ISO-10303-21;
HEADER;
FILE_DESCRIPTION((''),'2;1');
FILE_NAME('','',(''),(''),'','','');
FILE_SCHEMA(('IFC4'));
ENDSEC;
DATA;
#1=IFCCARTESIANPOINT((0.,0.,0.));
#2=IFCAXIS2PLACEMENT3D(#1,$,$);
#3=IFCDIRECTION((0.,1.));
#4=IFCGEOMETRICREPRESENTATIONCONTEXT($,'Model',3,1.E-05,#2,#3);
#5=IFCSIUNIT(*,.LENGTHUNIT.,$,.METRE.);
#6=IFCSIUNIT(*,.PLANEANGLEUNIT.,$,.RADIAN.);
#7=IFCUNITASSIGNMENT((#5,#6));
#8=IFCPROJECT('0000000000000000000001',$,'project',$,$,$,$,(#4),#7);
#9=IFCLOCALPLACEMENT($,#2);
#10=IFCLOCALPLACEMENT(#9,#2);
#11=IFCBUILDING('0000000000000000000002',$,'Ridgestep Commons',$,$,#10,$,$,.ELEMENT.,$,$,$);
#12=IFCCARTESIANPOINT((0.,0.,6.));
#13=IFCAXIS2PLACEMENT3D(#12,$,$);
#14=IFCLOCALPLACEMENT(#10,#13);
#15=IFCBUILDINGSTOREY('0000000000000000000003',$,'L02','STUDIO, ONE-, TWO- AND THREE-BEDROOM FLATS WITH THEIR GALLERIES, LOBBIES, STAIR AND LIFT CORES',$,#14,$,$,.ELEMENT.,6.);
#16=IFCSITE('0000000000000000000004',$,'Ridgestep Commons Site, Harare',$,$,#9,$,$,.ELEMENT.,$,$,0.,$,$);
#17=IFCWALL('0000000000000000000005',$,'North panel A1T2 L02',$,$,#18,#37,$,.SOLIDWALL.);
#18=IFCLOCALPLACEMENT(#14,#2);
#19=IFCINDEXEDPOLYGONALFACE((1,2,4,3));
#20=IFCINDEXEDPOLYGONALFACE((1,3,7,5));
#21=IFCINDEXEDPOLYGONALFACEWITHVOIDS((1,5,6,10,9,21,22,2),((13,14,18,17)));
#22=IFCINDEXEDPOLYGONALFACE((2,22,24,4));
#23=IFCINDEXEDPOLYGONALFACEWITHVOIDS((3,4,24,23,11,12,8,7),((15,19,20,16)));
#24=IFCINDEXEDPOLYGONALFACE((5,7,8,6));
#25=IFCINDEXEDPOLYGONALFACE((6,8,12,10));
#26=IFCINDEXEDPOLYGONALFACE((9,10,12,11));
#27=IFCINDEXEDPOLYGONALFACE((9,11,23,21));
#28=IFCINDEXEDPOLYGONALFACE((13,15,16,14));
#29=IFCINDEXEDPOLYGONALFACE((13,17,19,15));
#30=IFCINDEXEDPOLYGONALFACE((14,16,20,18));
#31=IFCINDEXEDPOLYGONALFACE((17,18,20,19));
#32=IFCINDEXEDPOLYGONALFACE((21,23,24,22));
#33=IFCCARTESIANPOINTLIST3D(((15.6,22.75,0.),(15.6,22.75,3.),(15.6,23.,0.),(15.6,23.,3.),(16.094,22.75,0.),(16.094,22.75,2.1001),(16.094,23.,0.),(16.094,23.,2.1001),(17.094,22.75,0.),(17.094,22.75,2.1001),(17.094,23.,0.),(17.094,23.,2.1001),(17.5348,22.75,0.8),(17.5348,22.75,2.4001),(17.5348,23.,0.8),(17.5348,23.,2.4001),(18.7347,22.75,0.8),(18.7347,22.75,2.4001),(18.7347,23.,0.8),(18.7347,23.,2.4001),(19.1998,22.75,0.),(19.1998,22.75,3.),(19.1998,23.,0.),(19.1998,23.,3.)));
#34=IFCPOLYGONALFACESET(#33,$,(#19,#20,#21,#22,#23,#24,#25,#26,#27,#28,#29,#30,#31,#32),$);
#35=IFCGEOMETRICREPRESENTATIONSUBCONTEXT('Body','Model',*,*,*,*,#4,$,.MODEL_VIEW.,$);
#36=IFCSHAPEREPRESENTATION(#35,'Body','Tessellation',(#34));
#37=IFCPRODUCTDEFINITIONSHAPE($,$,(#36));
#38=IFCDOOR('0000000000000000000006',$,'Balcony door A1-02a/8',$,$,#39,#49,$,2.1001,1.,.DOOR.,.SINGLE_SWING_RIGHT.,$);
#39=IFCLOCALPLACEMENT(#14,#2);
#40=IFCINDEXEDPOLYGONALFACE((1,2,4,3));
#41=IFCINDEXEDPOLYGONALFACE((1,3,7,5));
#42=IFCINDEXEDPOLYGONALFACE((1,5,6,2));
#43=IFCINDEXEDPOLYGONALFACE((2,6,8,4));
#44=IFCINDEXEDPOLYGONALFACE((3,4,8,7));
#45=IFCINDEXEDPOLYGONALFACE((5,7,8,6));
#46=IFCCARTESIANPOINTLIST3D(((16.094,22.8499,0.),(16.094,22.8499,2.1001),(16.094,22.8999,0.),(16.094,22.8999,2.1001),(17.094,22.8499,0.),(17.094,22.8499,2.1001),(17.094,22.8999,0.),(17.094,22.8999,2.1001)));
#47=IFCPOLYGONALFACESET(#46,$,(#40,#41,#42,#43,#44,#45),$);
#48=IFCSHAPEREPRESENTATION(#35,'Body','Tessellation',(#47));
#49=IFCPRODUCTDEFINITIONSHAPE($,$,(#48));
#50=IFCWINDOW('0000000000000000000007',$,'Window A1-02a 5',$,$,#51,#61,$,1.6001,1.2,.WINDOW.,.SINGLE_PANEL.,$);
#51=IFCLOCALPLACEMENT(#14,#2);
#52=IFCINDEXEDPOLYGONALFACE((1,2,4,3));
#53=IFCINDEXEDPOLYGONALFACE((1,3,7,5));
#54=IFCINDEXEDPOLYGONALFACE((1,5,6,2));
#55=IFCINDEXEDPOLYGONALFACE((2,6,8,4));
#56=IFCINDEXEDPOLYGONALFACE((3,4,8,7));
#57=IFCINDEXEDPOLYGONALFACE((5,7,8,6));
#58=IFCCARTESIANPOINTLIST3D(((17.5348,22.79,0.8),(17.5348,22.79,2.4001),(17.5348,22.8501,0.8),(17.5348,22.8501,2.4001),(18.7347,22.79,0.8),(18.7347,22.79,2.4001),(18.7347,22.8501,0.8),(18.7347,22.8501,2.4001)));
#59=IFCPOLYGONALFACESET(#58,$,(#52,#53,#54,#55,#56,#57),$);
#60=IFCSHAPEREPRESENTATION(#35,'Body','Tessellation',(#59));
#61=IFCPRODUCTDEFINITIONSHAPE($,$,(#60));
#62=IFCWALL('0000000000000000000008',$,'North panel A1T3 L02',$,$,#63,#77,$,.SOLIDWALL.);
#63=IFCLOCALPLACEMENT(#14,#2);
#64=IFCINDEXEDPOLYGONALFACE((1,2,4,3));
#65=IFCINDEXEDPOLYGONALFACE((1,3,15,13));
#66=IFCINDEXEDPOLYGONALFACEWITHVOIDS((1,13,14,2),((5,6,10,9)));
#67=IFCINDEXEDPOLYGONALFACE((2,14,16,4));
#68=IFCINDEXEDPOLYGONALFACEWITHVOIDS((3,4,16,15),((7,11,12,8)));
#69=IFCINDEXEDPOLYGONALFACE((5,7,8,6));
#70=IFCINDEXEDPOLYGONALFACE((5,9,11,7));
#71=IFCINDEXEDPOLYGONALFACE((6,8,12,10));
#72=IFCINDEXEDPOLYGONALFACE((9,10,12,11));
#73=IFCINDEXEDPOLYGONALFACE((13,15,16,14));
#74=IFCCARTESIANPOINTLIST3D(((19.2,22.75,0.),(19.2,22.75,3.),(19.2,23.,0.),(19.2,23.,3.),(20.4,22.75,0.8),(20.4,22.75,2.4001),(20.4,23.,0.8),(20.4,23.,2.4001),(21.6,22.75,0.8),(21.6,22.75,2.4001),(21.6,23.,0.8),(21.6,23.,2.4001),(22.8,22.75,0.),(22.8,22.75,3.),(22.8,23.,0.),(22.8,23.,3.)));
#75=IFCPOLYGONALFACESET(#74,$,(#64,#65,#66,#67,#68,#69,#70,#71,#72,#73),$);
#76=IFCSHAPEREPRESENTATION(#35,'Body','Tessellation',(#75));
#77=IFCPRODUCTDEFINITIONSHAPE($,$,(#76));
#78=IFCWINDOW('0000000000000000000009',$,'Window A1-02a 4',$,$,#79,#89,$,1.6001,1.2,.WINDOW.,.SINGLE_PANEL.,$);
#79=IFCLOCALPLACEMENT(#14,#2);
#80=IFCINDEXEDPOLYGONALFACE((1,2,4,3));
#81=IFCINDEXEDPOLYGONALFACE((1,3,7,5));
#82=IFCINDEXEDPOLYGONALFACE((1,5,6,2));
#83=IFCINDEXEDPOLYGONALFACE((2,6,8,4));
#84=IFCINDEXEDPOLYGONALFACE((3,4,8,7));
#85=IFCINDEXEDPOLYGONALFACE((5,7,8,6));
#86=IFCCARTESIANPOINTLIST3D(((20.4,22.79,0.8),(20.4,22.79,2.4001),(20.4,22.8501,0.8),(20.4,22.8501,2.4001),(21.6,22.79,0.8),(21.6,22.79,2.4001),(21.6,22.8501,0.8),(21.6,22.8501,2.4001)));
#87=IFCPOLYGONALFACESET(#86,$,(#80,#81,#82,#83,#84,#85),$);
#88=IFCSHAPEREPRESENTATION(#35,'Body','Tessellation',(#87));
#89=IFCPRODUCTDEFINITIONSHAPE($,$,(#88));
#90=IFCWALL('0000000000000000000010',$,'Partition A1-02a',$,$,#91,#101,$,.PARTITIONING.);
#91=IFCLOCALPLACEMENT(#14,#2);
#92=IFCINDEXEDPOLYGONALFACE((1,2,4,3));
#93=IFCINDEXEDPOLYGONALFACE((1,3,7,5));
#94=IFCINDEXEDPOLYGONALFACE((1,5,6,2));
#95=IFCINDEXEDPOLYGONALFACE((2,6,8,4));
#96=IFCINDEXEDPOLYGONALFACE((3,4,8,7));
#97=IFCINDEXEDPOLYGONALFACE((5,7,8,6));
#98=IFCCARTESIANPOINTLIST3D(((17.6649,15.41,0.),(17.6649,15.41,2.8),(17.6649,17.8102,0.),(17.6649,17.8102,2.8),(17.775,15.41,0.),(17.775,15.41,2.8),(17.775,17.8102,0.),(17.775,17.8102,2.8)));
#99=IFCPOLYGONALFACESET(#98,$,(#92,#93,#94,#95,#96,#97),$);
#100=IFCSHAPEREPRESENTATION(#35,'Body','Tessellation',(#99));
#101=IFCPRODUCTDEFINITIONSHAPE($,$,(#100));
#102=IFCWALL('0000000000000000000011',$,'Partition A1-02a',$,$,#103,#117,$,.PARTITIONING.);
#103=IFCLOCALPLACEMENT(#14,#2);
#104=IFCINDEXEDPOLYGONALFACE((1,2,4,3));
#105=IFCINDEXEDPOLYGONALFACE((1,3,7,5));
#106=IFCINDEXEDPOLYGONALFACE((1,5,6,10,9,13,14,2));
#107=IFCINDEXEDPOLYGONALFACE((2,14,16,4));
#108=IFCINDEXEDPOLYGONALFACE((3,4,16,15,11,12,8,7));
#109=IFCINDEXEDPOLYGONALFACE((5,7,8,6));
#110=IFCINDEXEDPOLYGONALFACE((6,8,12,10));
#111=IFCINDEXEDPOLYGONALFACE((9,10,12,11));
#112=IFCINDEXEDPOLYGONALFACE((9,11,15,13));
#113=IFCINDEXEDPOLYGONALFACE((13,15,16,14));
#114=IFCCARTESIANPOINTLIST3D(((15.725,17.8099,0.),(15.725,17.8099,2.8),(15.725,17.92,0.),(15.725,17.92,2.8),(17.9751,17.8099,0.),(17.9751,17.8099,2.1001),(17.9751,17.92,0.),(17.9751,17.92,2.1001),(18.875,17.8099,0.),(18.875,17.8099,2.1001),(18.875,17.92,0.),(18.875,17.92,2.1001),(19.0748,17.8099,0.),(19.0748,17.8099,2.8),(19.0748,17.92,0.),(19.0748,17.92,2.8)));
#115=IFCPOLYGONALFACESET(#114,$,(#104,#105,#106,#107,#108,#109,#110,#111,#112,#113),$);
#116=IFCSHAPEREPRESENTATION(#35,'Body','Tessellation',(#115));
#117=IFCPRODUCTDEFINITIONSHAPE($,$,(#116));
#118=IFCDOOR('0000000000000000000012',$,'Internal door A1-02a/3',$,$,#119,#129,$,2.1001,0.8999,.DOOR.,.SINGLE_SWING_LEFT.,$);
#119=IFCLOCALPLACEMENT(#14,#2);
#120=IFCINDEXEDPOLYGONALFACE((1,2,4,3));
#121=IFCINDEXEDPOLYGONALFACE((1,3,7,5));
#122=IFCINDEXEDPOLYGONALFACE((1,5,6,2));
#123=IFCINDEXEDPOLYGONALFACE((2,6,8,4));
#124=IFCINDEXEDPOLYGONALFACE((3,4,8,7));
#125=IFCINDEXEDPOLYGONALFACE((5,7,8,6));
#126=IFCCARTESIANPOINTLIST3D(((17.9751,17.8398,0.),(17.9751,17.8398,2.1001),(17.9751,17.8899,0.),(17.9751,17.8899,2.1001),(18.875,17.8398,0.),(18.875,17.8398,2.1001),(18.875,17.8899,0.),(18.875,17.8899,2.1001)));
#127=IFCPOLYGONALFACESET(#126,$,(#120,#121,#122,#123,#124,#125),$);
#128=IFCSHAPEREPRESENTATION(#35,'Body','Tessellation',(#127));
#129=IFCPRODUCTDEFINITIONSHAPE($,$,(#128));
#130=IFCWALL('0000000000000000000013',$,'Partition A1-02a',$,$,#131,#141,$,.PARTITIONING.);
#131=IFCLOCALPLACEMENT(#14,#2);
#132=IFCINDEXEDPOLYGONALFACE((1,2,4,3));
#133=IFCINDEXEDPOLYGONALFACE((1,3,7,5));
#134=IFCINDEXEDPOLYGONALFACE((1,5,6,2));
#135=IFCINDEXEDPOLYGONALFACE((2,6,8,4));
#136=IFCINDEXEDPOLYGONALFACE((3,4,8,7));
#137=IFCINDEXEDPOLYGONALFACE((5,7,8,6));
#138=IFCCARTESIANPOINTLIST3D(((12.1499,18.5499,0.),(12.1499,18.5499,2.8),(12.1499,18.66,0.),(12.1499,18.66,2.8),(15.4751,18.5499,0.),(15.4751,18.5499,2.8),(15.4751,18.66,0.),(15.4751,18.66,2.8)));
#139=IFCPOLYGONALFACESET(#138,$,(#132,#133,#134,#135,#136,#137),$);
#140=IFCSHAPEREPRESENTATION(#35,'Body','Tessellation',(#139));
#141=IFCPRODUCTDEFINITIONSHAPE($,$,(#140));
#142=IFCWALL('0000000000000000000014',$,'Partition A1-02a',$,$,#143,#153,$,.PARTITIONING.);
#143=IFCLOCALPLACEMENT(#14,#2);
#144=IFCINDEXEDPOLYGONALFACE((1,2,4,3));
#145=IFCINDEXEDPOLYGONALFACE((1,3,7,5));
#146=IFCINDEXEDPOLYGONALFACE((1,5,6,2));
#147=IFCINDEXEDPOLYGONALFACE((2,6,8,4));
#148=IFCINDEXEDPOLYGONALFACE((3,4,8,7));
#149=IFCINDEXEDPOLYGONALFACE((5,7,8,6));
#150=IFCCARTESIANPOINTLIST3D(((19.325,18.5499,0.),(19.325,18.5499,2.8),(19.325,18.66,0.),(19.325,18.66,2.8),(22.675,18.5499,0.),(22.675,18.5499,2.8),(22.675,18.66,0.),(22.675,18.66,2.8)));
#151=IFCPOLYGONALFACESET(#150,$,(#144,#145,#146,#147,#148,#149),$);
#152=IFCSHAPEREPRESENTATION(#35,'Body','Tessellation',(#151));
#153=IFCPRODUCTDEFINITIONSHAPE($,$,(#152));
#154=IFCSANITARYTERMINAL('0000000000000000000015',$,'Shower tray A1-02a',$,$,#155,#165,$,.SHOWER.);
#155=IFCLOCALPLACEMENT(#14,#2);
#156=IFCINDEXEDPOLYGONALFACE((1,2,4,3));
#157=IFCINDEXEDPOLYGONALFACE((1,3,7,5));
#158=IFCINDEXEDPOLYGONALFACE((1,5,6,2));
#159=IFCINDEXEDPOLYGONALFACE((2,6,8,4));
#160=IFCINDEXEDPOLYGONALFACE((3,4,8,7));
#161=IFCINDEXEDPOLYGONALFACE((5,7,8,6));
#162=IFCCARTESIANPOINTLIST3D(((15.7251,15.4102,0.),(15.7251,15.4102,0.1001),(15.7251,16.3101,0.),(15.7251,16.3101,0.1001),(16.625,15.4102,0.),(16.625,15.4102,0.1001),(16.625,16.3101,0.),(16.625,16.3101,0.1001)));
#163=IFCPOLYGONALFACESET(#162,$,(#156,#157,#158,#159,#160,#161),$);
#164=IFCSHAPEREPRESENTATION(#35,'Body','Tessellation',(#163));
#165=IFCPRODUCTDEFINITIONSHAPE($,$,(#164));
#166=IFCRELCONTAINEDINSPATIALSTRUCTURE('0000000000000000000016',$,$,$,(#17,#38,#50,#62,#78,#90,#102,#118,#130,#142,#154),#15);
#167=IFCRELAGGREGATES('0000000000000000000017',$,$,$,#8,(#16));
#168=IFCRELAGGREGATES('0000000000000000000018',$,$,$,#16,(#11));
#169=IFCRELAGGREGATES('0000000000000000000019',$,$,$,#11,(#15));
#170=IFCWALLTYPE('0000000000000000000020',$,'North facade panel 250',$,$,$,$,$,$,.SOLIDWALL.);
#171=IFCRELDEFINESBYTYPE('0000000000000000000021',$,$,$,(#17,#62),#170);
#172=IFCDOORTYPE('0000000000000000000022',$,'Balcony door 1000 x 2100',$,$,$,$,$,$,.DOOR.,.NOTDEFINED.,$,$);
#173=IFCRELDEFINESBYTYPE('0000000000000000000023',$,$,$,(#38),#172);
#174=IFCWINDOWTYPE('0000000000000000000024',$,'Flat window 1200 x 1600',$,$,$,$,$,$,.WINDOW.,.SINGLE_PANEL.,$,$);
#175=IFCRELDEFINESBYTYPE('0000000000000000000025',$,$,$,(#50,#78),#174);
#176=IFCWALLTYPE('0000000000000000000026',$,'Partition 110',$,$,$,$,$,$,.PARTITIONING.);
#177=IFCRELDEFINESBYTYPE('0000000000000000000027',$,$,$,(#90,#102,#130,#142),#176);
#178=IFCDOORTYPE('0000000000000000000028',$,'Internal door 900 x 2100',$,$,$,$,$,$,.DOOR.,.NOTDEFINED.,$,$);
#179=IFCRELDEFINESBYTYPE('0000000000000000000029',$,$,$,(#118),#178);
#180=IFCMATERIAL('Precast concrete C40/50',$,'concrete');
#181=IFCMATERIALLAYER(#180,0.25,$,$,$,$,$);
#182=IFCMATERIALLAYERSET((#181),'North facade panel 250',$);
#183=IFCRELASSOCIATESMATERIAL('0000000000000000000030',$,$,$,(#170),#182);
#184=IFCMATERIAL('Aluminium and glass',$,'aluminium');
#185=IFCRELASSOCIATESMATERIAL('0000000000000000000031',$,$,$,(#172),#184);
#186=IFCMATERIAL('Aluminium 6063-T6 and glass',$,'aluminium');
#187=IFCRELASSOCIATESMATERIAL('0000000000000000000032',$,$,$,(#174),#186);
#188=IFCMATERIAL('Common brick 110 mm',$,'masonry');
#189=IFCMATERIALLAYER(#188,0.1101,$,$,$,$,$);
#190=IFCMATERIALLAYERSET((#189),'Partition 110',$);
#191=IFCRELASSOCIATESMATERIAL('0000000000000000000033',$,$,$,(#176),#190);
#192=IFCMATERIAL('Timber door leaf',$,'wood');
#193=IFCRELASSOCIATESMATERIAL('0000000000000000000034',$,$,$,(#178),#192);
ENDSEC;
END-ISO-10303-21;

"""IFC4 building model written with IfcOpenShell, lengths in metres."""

from ifc_helpers import new_model, si_unit, direction, frame, frame_2d, origin, origin_2d, place, context, subcontext, project, spatial, rectangle, extrude, material, layer, layer_set, type_object, element, fill, save


model = new_model("IFC4")

# Units and contexts
model_context = context("Model", 3, precision=1e-05, world=origin(), true_north=direction((0.0, 1.0)))
body_context = subcontext(model_context, "Body", "Model", "MODEL_VIEW")
ifc_project = project(units=[si_unit("LENGTHUNIT", "METRE"), si_unit("PLANEANGLEUNIT", "RADIAN")], contexts=[model_context])

# Site, building, storey
site_placement = place(None, origin())
site = spatial("IfcSite", under=ifc_project, at=site_placement, Name="Ridgestep Commons Site, Harare", CompositionType="ELEMENT", RefElevation=0.0)
building_placement = place(site_placement, origin())
building = spatial("IfcBuilding", under=site, at=building_placement, Name="Ridgestep Commons", CompositionType="ELEMENT")
storey_placement = place(building_placement, frame((0.0, 0.0, 6.0)))
storey = spatial("IfcBuildingStorey", under=building, at=storey_placement, Name="L02", Description="STUDIO, ONE-, TWO- AND THREE-BEDROOM FLATS WITH THEIR GALLERIES, LOBBIES, STAIR AND LIFT CORES", CompositionType="ELEMENT", Elevation=6.0)

# Shared definitions
ifc_material_1 = material(Name="Precast concrete C40/50", Category="concrete")
ifc_layer_1 = layer(ifc_material_1, 0.25)
ifc_layer_set_1 = layer_set([ifc_layer_1], Name="North facade panel 250")
wall_type_1 = type_object("IfcWallType", Name="North facade panel 250", PredefinedType="SOLIDWALL", material=ifc_layer_set_1)

# Wall, openings, door, window
wall_1_placement = place(storey_placement, frame((15.6001, 22.875, 0.0), z_axis=(0.0, 0.0, 1.0), x_axis=(1.0, 0.0, 0.0)))
wall_1 = element("IfcWall", 1, at=wall_1_placement, inside=storey, type_object=wall_type_1, Name="North panel A1T2 L02", PredefinedType="SOLIDWALL", context=body_context, shape_type="SweptSolid", body=[
    extrude(rectangle(XDim=3.5999, YDim=0.25, at=frame_2d((1.7998, 0.0))), origin(), (0.0, 0.0, 1.0), 3.0),
])
opening_1_placement = place(wall_1_placement, frame((1.9346, 0.0, 0.8)))
opening_1 = element("IfcOpeningElement", 2, at=opening_1_placement, cuts=wall_1, PredefinedType="OPENING", context=body_context, shape_type="SweptSolid", body=[
    extrude(rectangle(XDim=1.2, YDim=1.6001, at=frame_2d((0.6001, 0.8))), frame((0.0, 0.135, 0.0), z_axis=(0.0, -1.0, 0.0), x_axis=(1.0, 0.0, 0.0)), (0.0, 0.0, 1.0), 0.27),
])
opening_2_placement = place(wall_1_placement, frame((0.4939, 0.0, 0.0)))
opening_2 = element("IfcOpeningElement", 3, at=opening_2_placement, cuts=wall_1, PredefinedType="OPENING", context=body_context, shape_type="SweptSolid", body=[
    extrude(rectangle(XDim=1.0, YDim=2.1001, at=frame_2d((0.5, 1.05))), frame((0.0, 0.135, 0.0), z_axis=(0.0, -1.0, 0.0), x_axis=(1.0, 0.0, 0.0)), (0.0, 0.0, 1.0), 0.27),
])
ifc_material_2 = material(Name="Aluminium and glass", Category="aluminium")
door_type_1 = type_object("IfcDoorType", Name="Balcony door 1000 x 2100", OperationType="NOTDEFINED", PredefinedType="DOOR", material=ifc_material_2)
door_1_placement = place(opening_2_placement, origin())
door_1 = element("IfcDoor", 4, at=door_1_placement, inside=storey, type_object=door_type_1, Name="Balcony door A1-02a/8", OperationType="SINGLE_SWING_RIGHT", OverallHeight=2.1001, OverallWidth=1.0, PredefinedType="DOOR", context=body_context, shape_type="SweptSolid", body=[
    extrude(rectangle(XDim=1.0, YDim=2.1001, at=frame_2d((0.5, 1.05))), frame((0.0, 0.0249, 0.0), z_axis=(0.0, -1.0, 0.0), x_axis=(1.0, 0.0, 0.0)), (0.0, 0.0, 1.0), 0.05),
])
fill(opening_2, door_1)
ifc_material_3 = material(Name="Aluminium 6063-T6 and glass", Category="aluminium")
window_type_1 = type_object("IfcWindowType", Name="Flat window 1200 x 1600", PartitioningType="SINGLE_PANEL", PredefinedType="WINDOW", material=ifc_material_3)
window_1_placement = place(opening_1_placement, origin())
window_1 = element("IfcWindow", 5, at=window_1_placement, inside=storey, type_object=window_type_1, Name="Window A1-02a 5", OverallHeight=1.6001, OverallWidth=1.2, PartitioningType="SINGLE_PANEL", PredefinedType="WINDOW", context=body_context, shape_type="SweptSolid", body=[
    extrude(rectangle(XDim=1.2, YDim=1.6001, at=frame_2d((0.6001, 0.8))), frame((0.0, -0.0249, 0.0), z_axis=(0.0, -1.0, 0.0), x_axis=(1.0, 0.0, 0.0)), (0.0, 0.0, 1.0), 0.0601),
])
fill(opening_1, window_1)

# Wall, opening, window
wall_2_placement = place(storey_placement, frame((19.2, 22.875, 0.0), z_axis=(0.0, 0.0, 1.0), x_axis=(1.0, 0.0, 0.0)))
wall_2 = element("IfcWall", 6, at=wall_2_placement, inside=storey, type_object=wall_type_1, Name="North panel A1T3 L02", PredefinedType="SOLIDWALL", context=body_context, shape_type="SweptSolid", body=[
    extrude(rectangle(XDim=3.6001, YDim=0.25, at=frame_2d((1.8, 0.0))), origin(), (0.0, 0.0, 1.0), 3.0),
])
opening_3_placement = place(wall_2_placement, frame((1.2, 0.0, 0.8)))
opening_3 = element("IfcOpeningElement", 7, at=opening_3_placement, cuts=wall_2, PredefinedType="OPENING", context=body_context, shape_type="SweptSolid", body=[
    extrude(rectangle(XDim=1.2, YDim=1.6001, at=frame_2d((0.6001, 0.8))), frame((0.0, 0.135, 0.0), z_axis=(0.0, -1.0, 0.0), x_axis=(1.0, 0.0, 0.0)), (0.0, 0.0, 1.0), 0.27),
])
window_2_placement = place(opening_3_placement, origin())
window_2 = element("IfcWindow", 8, at=window_2_placement, inside=storey, type_object=window_type_1, Name="Window A1-02a 4", OverallHeight=1.6001, OverallWidth=1.2, PartitioningType="SINGLE_PANEL", PredefinedType="WINDOW", context=body_context, shape_type="SweptSolid", body=[
    extrude(rectangle(XDim=1.2, YDim=1.6001, at=frame_2d((0.6001, 0.8))), frame((0.0, -0.0249, 0.0), z_axis=(0.0, -1.0, 0.0), x_axis=(1.0, 0.0, 0.0)), (0.0, 0.0, 1.0), 0.0601),
])
fill(opening_3, window_2)

# Wall
ifc_material_4 = material(Name="Common brick 110 mm", Category="masonry")
ifc_layer_2 = layer(ifc_material_4, 0.1101)
ifc_layer_set_2 = layer_set([ifc_layer_2], Name="Partition 110")
wall_type_2 = type_object("IfcWallType", Name="Partition 110", PredefinedType="PARTITIONING", material=ifc_layer_set_2)
wall_3_placement = place(storey_placement, frame((17.72, 15.4099, 0.0), z_axis=(0.0, 0.0, 1.0), x_axis=(0.0, 1.0, 0.0)))
element("IfcWall", 9, at=wall_3_placement, inside=storey, type_object=wall_type_2, Name="Partition A1-02a", PredefinedType="PARTITIONING", context=body_context, shape_type="SweptSolid", body=[
    extrude(rectangle(XDim=2.4001, YDim=0.1101, at=frame_2d((1.2002, 0.0))), origin(), (0.0, 0.0, 1.0), 2.8),
])

# Wall, opening, door
wall_4_placement = place(storey_placement, frame((15.7251, 17.865, 0.0), z_axis=(0.0, 0.0, 1.0), x_axis=(1.0, 0.0, 0.0)))
wall_4 = element("IfcWall", 10, at=wall_4_placement, inside=storey, type_object=wall_type_2, Name="Partition A1-02a", PredefinedType="PARTITIONING", context=body_context, shape_type="SweptSolid", body=[
    extrude(rectangle(XDim=3.3499, YDim=0.1101, at=frame_2d((1.6748, 0.0))), origin(), (0.0, 0.0, 1.0), 2.8),
])
opening_4_placement = place(wall_4_placement, frame((2.25, 0.0, 0.0)))
opening_4 = element("IfcOpeningElement", 11, at=opening_4_placement, cuts=wall_4, PredefinedType="OPENING", context=body_context, shape_type="SweptSolid", body=[
    extrude(rectangle(XDim=0.8999, YDim=2.1001, at=frame_2d((0.45, 1.05))), frame((0.0, 0.0649, 0.0), z_axis=(0.0, -1.0, 0.0), x_axis=(1.0, 0.0, 0.0)), (0.0, 0.0, 1.0), 0.1301),
])
ifc_material_5 = material(Name="Timber door leaf", Category="wood")
door_type_2 = type_object("IfcDoorType", Name="Internal door 900 x 2100", OperationType="NOTDEFINED", PredefinedType="DOOR", material=ifc_material_5)
door_2_placement = place(opening_4_placement, origin())
door_2 = element("IfcDoor", 12, at=door_2_placement, inside=storey, type_object=door_type_2, Name="Internal door A1-02a/3", OperationType="SINGLE_SWING_LEFT", OverallHeight=2.1001, OverallWidth=0.8999, PredefinedType="DOOR", context=body_context, shape_type="SweptSolid", body=[
    extrude(rectangle(XDim=0.8999, YDim=2.1001, at=frame_2d((0.45, 1.05))), frame((0.0, 0.0249, 0.0), z_axis=(0.0, -1.0, 0.0), x_axis=(1.0, 0.0, 0.0)), (0.0, 0.0, 1.0), 0.05),
])
fill(opening_4, door_2)

# Walls
wall_5_placement = place(storey_placement, frame((12.1499, 18.605, 0.0), z_axis=(0.0, 0.0, 1.0), x_axis=(1.0, 0.0, 0.0)))
element("IfcWall", 13, at=wall_5_placement, inside=storey, type_object=wall_type_2, Name="Partition A1-02a", PredefinedType="PARTITIONING", context=body_context, shape_type="SweptSolid", body=[
    extrude(rectangle(XDim=3.3252, YDim=0.1101, at=frame_2d((1.6626, 0.0))), origin(), (0.0, 0.0, 1.0), 2.8),
])
wall_6_placement = place(storey_placement, frame((19.325, 18.605, 0.0), z_axis=(0.0, 0.0, 1.0), x_axis=(1.0, 0.0, 0.0)))
element("IfcWall", 14, at=wall_6_placement, inside=storey, type_object=wall_type_2, Name="Partition A1-02a", PredefinedType="PARTITIONING", context=body_context, shape_type="SweptSolid", body=[
    extrude(rectangle(XDim=3.3501, YDim=0.1101, at=frame_2d((1.675, 0.0))), origin(), (0.0, 0.0, 1.0), 2.8),
])

# Sanitary terminal
sanitary_terminal_1_placement = place(storey_placement, frame((16.175, 15.8601, 0.0), z_axis=(0.0, 0.0, 1.0), x_axis=(1.0, 0.0, 0.0)))
element("IfcSanitaryTerminal", 15, at=sanitary_terminal_1_placement, inside=storey, Name="Shower tray A1-02a", PredefinedType="SHOWER", context=body_context, shape_type="SweptSolid", body=[
    extrude(rectangle(XDim=0.8999, YDim=0.8999, at=origin_2d()), origin(), (0.0, 0.0, 1.0), 0.1001),
])

save(model, "model.ifc")
